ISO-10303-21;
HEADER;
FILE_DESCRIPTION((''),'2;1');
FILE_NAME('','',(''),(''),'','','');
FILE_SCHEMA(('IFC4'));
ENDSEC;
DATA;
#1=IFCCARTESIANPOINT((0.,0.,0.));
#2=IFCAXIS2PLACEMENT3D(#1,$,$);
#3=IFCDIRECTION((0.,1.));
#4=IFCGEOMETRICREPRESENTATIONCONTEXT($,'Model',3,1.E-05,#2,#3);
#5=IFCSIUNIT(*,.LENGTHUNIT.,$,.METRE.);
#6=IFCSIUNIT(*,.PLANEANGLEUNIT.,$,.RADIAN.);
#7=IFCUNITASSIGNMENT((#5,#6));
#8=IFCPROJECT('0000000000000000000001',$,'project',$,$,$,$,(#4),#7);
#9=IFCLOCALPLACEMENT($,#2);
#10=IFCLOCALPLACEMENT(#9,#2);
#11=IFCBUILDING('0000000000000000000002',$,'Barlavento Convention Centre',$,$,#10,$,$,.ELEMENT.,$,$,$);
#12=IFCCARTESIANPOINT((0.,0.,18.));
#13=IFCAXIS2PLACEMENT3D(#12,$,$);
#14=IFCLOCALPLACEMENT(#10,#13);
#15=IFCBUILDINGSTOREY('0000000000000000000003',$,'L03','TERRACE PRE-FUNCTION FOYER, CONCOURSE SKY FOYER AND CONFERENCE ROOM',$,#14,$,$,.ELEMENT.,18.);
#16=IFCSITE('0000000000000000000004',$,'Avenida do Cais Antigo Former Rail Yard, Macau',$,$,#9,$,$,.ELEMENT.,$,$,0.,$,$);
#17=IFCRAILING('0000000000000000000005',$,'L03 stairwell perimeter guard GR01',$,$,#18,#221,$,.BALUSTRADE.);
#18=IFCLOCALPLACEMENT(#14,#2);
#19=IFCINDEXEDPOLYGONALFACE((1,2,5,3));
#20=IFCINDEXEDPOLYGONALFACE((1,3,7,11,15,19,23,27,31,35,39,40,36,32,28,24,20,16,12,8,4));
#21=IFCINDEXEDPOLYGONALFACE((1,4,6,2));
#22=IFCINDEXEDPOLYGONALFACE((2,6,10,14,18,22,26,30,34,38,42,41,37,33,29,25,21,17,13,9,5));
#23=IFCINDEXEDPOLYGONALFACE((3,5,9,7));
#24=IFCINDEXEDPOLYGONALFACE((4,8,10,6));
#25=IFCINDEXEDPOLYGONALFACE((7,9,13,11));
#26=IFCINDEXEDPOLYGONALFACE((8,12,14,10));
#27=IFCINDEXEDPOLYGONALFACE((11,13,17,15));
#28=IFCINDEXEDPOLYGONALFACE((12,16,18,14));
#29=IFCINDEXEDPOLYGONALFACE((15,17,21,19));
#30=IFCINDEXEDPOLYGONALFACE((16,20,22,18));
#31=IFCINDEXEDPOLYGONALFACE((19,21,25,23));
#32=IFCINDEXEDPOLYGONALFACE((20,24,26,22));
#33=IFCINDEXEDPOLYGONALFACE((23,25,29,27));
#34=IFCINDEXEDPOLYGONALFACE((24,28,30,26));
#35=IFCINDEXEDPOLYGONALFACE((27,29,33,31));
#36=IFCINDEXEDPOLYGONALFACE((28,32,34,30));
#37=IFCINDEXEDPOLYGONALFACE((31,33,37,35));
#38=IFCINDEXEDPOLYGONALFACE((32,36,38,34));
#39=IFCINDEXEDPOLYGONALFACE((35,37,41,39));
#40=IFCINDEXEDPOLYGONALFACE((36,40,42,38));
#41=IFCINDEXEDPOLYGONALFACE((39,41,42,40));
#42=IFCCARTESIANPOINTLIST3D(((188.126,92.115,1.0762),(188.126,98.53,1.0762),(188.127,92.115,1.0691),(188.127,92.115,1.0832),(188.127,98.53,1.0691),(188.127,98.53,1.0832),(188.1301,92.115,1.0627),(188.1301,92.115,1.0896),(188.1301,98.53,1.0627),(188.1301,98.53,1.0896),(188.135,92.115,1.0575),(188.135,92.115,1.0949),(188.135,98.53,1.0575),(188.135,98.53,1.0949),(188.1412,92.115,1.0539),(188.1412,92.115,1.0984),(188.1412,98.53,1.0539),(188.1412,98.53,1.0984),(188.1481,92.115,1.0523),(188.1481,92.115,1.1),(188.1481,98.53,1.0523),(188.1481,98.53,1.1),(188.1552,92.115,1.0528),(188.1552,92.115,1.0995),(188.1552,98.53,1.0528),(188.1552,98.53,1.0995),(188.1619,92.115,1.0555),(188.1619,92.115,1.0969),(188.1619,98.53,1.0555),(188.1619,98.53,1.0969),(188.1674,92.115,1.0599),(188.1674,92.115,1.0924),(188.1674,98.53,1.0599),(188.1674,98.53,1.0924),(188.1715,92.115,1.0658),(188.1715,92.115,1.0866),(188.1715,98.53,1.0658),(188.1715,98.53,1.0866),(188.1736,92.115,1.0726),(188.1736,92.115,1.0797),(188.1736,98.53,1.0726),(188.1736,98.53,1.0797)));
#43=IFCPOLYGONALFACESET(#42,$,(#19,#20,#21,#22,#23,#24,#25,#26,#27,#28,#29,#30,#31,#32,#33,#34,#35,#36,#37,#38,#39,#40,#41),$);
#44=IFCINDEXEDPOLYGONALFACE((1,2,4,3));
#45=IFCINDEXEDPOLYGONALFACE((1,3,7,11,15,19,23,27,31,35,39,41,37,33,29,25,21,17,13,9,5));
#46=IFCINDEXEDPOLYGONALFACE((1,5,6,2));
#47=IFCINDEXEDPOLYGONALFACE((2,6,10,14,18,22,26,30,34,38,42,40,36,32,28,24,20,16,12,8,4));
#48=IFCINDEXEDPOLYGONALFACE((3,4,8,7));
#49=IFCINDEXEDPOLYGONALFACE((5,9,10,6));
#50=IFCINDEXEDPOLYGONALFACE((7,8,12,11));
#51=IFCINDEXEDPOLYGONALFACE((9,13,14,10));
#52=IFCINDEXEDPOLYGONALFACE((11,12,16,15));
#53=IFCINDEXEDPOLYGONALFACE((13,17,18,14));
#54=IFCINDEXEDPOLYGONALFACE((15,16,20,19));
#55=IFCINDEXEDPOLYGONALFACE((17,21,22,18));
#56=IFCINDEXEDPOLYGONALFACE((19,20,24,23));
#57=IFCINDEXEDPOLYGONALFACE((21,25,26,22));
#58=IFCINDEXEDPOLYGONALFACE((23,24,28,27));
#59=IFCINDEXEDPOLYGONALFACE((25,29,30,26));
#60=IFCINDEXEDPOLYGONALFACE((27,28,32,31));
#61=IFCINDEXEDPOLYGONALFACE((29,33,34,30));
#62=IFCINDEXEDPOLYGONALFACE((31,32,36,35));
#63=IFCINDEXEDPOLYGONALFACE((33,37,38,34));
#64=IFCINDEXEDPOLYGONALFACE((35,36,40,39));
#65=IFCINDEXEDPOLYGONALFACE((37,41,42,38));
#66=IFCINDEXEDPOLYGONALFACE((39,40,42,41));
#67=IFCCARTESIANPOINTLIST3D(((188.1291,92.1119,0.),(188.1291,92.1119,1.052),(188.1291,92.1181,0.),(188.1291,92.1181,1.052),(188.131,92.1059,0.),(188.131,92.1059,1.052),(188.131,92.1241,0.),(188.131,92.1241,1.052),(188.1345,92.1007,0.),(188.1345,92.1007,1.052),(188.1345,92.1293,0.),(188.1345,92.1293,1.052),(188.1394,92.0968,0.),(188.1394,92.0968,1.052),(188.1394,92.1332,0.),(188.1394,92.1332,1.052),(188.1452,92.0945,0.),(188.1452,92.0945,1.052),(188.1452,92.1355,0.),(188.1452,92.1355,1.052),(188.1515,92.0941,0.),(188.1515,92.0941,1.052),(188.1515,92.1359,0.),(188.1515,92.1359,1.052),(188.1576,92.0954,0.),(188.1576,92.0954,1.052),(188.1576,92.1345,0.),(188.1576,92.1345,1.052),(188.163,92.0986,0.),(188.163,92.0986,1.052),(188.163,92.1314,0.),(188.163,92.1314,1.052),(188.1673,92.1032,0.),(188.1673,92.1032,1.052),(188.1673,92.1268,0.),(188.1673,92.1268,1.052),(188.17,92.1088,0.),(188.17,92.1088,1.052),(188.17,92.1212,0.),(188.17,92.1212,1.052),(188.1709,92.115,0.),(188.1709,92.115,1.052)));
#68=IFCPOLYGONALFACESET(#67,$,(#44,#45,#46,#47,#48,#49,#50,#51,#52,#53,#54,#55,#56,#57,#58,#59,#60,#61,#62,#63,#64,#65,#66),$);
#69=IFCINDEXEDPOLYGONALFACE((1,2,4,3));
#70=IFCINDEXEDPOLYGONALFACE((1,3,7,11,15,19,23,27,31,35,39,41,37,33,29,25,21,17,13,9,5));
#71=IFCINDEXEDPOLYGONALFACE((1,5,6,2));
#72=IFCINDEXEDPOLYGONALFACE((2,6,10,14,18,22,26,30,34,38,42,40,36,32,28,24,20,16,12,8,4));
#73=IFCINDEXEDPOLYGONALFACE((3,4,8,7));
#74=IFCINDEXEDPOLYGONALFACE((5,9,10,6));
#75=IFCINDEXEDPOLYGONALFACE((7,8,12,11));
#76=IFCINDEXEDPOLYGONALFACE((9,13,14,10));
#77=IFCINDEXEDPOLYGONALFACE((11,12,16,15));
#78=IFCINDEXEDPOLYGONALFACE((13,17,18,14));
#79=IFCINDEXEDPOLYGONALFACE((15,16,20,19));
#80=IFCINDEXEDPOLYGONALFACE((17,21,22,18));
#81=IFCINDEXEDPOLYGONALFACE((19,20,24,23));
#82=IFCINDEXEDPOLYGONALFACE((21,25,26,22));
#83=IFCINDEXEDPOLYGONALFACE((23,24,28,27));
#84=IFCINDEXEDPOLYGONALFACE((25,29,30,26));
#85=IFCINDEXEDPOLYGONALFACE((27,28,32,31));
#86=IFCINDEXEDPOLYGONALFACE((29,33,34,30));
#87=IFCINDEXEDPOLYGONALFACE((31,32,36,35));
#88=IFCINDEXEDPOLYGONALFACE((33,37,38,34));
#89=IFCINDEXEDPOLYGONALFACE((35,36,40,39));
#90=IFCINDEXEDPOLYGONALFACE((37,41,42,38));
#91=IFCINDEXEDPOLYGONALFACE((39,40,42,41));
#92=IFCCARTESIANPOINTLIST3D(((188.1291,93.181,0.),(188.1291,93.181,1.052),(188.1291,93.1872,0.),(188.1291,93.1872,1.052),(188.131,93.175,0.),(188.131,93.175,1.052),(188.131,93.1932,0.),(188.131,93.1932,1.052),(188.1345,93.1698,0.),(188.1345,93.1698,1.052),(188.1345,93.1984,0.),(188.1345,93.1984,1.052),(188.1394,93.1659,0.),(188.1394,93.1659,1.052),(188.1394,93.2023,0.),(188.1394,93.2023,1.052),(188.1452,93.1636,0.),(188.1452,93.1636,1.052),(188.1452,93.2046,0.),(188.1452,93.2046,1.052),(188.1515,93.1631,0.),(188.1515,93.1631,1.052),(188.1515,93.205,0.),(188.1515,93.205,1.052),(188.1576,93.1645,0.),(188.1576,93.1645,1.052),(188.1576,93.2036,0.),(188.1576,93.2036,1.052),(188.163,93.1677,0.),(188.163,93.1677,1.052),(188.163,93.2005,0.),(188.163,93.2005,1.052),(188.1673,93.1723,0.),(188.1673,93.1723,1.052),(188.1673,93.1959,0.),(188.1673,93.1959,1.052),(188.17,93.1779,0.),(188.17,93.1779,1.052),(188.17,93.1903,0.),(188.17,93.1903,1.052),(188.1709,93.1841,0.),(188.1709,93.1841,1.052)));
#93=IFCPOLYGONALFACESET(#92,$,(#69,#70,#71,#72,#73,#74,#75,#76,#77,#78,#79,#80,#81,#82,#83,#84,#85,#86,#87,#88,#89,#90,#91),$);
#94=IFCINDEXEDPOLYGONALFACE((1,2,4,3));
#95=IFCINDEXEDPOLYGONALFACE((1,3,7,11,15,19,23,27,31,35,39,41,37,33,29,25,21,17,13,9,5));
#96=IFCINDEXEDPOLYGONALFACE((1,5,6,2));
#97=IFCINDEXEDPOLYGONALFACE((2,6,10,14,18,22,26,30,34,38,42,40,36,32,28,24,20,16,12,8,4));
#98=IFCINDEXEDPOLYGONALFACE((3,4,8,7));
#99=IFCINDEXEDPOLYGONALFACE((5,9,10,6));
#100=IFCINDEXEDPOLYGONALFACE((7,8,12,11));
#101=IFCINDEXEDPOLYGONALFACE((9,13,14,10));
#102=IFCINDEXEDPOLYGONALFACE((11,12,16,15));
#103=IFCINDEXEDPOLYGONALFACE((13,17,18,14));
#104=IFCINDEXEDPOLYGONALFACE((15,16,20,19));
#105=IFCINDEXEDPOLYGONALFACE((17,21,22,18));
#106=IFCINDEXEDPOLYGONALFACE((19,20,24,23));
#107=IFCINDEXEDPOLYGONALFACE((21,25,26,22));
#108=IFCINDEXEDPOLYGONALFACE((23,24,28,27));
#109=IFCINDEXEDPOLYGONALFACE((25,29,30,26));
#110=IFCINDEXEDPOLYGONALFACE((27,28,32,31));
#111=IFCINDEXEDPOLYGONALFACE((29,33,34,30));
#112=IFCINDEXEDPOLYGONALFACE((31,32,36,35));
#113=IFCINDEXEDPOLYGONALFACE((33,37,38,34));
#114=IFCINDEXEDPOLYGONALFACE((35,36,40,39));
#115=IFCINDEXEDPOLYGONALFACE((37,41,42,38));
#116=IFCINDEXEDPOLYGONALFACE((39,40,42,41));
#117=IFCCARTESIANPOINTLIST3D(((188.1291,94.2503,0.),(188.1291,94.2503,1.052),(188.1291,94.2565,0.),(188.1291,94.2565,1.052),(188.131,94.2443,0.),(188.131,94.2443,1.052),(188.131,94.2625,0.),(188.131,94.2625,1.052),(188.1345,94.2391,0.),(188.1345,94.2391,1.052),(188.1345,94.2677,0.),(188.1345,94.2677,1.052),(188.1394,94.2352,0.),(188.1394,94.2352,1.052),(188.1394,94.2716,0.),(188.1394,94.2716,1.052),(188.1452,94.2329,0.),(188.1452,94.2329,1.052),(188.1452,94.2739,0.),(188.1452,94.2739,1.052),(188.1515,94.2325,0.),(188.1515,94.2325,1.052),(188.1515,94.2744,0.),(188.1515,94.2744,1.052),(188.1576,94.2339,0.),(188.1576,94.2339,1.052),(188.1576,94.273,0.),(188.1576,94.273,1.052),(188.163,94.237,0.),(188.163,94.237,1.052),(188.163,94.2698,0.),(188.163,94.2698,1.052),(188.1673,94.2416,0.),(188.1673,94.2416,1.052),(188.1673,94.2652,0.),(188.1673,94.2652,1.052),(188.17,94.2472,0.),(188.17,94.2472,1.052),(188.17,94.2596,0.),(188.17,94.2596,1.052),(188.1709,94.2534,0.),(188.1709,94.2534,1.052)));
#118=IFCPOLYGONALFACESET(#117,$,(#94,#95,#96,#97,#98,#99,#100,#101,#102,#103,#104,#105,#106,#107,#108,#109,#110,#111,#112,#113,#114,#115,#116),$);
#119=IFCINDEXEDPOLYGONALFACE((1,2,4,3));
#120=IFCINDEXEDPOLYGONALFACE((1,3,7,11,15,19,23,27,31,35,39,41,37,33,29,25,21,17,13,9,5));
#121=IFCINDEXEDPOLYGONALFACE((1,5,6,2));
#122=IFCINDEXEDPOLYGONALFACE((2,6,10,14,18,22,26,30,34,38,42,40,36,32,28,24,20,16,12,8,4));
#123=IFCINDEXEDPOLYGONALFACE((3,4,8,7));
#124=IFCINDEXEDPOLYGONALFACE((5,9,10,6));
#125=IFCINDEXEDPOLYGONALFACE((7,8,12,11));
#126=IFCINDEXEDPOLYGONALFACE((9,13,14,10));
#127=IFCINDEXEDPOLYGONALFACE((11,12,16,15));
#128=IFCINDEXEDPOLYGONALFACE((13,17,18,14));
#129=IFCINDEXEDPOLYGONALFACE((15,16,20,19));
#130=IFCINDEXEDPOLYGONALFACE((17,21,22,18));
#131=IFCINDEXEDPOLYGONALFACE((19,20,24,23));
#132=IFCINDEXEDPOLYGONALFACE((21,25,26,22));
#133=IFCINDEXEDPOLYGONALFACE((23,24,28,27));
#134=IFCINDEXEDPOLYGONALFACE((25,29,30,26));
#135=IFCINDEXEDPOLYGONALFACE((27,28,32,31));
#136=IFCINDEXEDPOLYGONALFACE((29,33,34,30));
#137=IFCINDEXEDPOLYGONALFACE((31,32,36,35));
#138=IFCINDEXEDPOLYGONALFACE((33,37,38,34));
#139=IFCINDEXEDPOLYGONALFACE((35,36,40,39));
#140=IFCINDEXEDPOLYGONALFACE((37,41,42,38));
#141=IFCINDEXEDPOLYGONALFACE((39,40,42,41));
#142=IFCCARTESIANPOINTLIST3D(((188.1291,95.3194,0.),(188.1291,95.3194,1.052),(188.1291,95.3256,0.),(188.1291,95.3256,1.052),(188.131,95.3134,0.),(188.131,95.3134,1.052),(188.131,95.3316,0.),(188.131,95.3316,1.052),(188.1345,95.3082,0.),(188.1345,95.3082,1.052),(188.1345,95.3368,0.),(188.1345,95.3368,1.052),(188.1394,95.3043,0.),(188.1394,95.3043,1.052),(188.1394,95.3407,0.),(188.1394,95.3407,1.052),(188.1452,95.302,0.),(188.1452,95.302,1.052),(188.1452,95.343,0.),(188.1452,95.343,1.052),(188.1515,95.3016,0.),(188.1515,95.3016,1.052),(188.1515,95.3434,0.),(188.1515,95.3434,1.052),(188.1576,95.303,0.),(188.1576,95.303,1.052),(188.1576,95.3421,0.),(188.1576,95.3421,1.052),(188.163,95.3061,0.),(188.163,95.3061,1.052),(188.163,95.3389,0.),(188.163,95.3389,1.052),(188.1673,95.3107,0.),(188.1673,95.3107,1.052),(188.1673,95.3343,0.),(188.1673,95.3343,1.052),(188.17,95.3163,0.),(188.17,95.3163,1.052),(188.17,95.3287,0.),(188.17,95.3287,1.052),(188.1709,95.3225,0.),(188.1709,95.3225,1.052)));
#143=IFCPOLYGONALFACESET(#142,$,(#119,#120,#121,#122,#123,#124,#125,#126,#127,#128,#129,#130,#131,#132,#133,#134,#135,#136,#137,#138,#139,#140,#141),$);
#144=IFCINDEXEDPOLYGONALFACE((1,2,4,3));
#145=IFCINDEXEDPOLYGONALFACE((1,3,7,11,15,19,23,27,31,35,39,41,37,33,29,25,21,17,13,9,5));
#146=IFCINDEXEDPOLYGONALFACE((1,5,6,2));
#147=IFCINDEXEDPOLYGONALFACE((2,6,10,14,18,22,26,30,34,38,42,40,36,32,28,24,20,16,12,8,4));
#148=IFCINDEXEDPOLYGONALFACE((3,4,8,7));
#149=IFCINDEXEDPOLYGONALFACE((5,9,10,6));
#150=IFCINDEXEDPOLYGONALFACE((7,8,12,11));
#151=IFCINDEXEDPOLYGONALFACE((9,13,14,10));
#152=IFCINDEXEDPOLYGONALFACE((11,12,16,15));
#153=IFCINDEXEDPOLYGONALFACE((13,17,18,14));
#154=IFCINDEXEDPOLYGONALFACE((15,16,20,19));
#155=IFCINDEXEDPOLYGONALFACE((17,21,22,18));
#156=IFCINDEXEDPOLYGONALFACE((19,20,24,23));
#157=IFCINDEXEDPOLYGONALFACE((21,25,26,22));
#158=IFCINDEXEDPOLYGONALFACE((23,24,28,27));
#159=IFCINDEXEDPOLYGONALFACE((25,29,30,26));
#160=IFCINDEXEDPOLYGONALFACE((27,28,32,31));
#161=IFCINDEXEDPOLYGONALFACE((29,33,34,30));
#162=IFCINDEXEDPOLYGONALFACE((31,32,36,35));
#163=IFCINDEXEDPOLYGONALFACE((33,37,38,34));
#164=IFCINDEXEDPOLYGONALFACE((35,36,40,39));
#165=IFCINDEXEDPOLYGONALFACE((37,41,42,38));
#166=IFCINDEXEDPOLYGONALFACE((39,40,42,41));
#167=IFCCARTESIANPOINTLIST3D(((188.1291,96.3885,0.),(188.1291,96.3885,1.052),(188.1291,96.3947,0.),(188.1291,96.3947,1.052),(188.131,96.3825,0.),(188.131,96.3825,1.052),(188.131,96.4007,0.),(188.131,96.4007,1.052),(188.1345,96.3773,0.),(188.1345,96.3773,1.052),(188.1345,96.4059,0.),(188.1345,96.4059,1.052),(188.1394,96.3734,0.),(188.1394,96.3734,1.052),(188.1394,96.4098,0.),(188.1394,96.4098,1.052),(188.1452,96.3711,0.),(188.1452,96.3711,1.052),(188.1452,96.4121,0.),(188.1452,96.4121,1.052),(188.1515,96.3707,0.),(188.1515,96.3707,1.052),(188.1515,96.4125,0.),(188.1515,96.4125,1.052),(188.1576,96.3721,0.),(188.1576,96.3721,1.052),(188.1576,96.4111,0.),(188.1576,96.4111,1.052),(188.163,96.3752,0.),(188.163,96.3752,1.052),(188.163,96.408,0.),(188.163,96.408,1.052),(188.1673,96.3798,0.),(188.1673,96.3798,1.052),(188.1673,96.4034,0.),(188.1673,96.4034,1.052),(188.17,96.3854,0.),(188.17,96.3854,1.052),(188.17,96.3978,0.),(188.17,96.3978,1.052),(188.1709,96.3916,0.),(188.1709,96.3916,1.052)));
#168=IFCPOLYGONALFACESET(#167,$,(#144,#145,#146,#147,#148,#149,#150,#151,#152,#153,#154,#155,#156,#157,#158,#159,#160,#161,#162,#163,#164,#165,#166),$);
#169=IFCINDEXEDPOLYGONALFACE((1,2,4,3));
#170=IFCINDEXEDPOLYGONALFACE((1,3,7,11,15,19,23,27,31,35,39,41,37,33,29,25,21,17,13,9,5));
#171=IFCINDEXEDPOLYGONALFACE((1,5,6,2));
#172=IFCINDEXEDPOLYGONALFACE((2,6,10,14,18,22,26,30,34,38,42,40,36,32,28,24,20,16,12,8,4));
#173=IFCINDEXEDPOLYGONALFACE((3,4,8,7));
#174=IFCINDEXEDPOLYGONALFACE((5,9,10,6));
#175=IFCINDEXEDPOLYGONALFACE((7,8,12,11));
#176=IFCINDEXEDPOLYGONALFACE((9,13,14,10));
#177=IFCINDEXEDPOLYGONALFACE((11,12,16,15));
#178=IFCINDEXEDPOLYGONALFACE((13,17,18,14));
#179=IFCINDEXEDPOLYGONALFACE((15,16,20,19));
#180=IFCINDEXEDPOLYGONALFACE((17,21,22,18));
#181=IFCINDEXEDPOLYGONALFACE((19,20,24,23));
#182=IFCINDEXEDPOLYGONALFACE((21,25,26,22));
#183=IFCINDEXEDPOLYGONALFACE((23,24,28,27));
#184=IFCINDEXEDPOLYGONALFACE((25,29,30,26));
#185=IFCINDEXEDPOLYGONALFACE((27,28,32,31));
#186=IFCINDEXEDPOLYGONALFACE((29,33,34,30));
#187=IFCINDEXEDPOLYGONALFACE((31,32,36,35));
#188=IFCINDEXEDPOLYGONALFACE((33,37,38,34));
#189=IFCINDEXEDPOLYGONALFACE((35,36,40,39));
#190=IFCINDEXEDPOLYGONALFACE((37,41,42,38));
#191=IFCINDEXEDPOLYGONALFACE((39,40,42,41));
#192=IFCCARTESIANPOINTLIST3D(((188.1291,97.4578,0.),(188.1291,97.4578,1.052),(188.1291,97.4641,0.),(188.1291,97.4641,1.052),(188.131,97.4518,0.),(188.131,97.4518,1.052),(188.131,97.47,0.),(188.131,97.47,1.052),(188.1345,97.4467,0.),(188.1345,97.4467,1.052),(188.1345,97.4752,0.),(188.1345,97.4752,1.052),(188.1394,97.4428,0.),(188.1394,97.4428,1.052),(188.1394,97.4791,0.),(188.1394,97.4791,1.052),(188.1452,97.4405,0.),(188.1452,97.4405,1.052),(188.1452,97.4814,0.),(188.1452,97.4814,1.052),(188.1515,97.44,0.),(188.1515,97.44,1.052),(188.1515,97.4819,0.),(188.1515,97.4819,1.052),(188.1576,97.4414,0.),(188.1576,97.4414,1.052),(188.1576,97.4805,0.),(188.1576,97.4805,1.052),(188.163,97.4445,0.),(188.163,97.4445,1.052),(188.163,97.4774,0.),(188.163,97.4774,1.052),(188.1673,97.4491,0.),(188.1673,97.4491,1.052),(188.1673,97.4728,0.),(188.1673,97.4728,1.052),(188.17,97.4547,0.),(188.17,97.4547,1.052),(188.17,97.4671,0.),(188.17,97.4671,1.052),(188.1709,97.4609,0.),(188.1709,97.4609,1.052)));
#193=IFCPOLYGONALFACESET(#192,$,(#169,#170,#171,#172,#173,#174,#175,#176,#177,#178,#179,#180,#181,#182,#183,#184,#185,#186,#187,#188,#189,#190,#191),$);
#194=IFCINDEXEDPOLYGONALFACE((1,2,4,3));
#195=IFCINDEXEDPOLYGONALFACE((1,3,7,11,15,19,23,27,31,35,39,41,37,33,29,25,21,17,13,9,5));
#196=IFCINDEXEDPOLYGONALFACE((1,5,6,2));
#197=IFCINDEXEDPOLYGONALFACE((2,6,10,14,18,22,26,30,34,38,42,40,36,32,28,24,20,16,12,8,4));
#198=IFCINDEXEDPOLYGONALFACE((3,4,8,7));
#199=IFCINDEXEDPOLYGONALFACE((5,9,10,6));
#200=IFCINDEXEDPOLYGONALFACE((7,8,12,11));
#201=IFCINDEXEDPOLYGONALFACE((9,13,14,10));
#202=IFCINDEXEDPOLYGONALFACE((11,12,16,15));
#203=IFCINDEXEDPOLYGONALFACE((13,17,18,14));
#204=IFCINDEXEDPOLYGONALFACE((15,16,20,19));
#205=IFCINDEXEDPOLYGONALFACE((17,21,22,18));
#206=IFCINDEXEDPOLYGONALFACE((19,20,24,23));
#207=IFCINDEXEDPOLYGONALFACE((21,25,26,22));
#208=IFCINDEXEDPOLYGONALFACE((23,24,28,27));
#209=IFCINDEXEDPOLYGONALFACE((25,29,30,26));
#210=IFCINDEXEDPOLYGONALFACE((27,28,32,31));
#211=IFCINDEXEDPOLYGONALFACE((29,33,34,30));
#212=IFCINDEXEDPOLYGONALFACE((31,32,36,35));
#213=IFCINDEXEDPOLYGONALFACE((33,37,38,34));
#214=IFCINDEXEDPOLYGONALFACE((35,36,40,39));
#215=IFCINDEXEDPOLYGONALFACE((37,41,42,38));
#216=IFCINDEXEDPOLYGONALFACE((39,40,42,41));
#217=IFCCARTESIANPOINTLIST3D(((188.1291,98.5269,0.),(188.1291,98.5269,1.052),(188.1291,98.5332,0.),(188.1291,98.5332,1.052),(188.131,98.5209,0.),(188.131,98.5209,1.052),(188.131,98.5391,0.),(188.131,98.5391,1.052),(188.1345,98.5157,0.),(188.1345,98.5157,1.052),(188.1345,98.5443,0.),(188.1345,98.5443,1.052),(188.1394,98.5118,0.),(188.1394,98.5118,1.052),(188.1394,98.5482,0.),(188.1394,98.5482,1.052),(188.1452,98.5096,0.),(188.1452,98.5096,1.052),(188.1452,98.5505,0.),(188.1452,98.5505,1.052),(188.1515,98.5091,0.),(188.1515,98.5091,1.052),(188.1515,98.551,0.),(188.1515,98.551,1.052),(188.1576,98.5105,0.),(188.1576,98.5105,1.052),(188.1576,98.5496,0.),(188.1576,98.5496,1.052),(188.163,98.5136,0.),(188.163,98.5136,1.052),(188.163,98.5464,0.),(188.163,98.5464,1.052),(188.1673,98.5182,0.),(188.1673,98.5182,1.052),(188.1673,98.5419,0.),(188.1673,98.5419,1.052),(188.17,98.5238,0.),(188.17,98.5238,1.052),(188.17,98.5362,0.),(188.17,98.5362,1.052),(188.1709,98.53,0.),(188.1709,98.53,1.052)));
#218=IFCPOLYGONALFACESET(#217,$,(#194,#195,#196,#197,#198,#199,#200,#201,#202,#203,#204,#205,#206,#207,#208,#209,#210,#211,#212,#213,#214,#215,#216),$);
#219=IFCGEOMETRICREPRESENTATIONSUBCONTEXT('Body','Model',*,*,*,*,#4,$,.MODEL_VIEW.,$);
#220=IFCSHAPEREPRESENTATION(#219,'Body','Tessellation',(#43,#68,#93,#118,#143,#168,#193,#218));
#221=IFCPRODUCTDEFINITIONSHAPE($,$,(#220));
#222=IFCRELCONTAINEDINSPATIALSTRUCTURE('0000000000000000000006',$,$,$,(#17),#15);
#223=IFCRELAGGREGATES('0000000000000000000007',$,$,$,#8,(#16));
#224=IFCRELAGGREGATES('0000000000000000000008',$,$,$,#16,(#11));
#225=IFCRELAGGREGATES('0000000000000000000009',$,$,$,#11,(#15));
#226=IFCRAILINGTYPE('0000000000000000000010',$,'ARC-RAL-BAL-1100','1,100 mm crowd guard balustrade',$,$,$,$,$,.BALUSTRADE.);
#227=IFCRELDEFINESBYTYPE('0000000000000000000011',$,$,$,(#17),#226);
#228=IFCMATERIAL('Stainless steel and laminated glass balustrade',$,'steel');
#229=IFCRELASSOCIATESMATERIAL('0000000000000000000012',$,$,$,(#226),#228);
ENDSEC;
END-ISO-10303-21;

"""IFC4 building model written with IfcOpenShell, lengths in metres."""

from ifc_helpers import new_model, si_unit, direction, frame, origin, origin_2d, place, context, subcontext, project, spatial, circle, extrude, material, type_object, element, save


model = new_model("IFC4")

# Units and contexts
model_context = context("Model", 3, precision=1e-05, world=origin(), true_north=direction((0.0, 1.0)))
body_context = subcontext(model_context, "Body", "Model", "MODEL_VIEW")
ifc_project = project(units=[si_unit("LENGTHUNIT", "METRE"), si_unit("PLANEANGLEUNIT", "RADIAN")], contexts=[model_context])

# Site, building, storey
site_placement = place(None, origin())
site = spatial("IfcSite", under=ifc_project, at=site_placement, Name="Avenida do Cais Antigo Former Rail Yard, Macau", CompositionType="ELEMENT", RefElevation=0.0)
building_placement = place(site_placement, origin())
building = spatial("IfcBuilding", under=site, at=building_placement, Name="Barlavento Convention Centre", CompositionType="ELEMENT")
storey_placement = place(building_placement, frame((0.0, 0.0, 18.0)))
storey = spatial("IfcBuildingStorey", under=building, at=storey_placement, Name="L03", Description="TERRACE PRE-FUNCTION FOYER, CONCOURSE SKY FOYER AND CONFERENCE ROOM", CompositionType="ELEMENT", Elevation=18.0)

# Railing
ifc_material_1 = material(Name="Stainless steel and laminated glass balustrade", Category="steel")
railing_type_1 = type_object("IfcRailingType", Name="ARC-RAL-BAL-1100", Description="1,100 mm crowd guard balustrade", PredefinedType="BALUSTRADE", material=ifc_material_1)
railing_1_placement = place(storey_placement, frame((188.1499, 92.115, 0.0)))
element("IfcRailing", 1, at=railing_1_placement, inside=storey, type_object=railing_type_1, Name="L03 stairwell perimeter guard GR01", PredefinedType="BALUSTRADE", context=body_context, shape_type="SweptSolid", body=[
    extrude(circle(Radius=0.0239, at=origin_2d()), frame((0.0, 0.0, 1.0762), z_axis=(0.0, 1.0, 0.0), x_axis=(-1.0, 0.0, 0.0)), (0.0, 0.0, 1.0), 6.415),
    extrude(circle(Radius=0.021, at=origin_2d()), origin(), (0.0, 0.0, 1.0), 1.052),
    extrude(circle(Radius=0.021, at=origin_2d()), frame((0.0, 1.0691, 0.0)), (0.0, 0.0, 1.0), 1.052),
    extrude(circle(Radius=0.021, at=origin_2d()), frame((0.0, 2.1384, 0.0)), (0.0, 0.0, 1.0), 1.052),
    extrude(circle(Radius=0.021, at=origin_2d()), frame((0.0, 3.2075, 0.0)), (0.0, 0.0, 1.0), 1.052),
    extrude(circle(Radius=0.021, at=origin_2d()), frame((0.0, 4.2766, 0.0)), (0.0, 0.0, 1.0), 1.052),
    extrude(circle(Radius=0.021, at=origin_2d()), frame((0.0, 5.3459, 0.0)), (0.0, 0.0, 1.0), 1.052),
    extrude(circle(Radius=0.021, at=origin_2d()), frame((0.0, 6.415, 0.0)), (0.0, 0.0, 1.0), 1.052),
])

save(model, "model.ifc")
